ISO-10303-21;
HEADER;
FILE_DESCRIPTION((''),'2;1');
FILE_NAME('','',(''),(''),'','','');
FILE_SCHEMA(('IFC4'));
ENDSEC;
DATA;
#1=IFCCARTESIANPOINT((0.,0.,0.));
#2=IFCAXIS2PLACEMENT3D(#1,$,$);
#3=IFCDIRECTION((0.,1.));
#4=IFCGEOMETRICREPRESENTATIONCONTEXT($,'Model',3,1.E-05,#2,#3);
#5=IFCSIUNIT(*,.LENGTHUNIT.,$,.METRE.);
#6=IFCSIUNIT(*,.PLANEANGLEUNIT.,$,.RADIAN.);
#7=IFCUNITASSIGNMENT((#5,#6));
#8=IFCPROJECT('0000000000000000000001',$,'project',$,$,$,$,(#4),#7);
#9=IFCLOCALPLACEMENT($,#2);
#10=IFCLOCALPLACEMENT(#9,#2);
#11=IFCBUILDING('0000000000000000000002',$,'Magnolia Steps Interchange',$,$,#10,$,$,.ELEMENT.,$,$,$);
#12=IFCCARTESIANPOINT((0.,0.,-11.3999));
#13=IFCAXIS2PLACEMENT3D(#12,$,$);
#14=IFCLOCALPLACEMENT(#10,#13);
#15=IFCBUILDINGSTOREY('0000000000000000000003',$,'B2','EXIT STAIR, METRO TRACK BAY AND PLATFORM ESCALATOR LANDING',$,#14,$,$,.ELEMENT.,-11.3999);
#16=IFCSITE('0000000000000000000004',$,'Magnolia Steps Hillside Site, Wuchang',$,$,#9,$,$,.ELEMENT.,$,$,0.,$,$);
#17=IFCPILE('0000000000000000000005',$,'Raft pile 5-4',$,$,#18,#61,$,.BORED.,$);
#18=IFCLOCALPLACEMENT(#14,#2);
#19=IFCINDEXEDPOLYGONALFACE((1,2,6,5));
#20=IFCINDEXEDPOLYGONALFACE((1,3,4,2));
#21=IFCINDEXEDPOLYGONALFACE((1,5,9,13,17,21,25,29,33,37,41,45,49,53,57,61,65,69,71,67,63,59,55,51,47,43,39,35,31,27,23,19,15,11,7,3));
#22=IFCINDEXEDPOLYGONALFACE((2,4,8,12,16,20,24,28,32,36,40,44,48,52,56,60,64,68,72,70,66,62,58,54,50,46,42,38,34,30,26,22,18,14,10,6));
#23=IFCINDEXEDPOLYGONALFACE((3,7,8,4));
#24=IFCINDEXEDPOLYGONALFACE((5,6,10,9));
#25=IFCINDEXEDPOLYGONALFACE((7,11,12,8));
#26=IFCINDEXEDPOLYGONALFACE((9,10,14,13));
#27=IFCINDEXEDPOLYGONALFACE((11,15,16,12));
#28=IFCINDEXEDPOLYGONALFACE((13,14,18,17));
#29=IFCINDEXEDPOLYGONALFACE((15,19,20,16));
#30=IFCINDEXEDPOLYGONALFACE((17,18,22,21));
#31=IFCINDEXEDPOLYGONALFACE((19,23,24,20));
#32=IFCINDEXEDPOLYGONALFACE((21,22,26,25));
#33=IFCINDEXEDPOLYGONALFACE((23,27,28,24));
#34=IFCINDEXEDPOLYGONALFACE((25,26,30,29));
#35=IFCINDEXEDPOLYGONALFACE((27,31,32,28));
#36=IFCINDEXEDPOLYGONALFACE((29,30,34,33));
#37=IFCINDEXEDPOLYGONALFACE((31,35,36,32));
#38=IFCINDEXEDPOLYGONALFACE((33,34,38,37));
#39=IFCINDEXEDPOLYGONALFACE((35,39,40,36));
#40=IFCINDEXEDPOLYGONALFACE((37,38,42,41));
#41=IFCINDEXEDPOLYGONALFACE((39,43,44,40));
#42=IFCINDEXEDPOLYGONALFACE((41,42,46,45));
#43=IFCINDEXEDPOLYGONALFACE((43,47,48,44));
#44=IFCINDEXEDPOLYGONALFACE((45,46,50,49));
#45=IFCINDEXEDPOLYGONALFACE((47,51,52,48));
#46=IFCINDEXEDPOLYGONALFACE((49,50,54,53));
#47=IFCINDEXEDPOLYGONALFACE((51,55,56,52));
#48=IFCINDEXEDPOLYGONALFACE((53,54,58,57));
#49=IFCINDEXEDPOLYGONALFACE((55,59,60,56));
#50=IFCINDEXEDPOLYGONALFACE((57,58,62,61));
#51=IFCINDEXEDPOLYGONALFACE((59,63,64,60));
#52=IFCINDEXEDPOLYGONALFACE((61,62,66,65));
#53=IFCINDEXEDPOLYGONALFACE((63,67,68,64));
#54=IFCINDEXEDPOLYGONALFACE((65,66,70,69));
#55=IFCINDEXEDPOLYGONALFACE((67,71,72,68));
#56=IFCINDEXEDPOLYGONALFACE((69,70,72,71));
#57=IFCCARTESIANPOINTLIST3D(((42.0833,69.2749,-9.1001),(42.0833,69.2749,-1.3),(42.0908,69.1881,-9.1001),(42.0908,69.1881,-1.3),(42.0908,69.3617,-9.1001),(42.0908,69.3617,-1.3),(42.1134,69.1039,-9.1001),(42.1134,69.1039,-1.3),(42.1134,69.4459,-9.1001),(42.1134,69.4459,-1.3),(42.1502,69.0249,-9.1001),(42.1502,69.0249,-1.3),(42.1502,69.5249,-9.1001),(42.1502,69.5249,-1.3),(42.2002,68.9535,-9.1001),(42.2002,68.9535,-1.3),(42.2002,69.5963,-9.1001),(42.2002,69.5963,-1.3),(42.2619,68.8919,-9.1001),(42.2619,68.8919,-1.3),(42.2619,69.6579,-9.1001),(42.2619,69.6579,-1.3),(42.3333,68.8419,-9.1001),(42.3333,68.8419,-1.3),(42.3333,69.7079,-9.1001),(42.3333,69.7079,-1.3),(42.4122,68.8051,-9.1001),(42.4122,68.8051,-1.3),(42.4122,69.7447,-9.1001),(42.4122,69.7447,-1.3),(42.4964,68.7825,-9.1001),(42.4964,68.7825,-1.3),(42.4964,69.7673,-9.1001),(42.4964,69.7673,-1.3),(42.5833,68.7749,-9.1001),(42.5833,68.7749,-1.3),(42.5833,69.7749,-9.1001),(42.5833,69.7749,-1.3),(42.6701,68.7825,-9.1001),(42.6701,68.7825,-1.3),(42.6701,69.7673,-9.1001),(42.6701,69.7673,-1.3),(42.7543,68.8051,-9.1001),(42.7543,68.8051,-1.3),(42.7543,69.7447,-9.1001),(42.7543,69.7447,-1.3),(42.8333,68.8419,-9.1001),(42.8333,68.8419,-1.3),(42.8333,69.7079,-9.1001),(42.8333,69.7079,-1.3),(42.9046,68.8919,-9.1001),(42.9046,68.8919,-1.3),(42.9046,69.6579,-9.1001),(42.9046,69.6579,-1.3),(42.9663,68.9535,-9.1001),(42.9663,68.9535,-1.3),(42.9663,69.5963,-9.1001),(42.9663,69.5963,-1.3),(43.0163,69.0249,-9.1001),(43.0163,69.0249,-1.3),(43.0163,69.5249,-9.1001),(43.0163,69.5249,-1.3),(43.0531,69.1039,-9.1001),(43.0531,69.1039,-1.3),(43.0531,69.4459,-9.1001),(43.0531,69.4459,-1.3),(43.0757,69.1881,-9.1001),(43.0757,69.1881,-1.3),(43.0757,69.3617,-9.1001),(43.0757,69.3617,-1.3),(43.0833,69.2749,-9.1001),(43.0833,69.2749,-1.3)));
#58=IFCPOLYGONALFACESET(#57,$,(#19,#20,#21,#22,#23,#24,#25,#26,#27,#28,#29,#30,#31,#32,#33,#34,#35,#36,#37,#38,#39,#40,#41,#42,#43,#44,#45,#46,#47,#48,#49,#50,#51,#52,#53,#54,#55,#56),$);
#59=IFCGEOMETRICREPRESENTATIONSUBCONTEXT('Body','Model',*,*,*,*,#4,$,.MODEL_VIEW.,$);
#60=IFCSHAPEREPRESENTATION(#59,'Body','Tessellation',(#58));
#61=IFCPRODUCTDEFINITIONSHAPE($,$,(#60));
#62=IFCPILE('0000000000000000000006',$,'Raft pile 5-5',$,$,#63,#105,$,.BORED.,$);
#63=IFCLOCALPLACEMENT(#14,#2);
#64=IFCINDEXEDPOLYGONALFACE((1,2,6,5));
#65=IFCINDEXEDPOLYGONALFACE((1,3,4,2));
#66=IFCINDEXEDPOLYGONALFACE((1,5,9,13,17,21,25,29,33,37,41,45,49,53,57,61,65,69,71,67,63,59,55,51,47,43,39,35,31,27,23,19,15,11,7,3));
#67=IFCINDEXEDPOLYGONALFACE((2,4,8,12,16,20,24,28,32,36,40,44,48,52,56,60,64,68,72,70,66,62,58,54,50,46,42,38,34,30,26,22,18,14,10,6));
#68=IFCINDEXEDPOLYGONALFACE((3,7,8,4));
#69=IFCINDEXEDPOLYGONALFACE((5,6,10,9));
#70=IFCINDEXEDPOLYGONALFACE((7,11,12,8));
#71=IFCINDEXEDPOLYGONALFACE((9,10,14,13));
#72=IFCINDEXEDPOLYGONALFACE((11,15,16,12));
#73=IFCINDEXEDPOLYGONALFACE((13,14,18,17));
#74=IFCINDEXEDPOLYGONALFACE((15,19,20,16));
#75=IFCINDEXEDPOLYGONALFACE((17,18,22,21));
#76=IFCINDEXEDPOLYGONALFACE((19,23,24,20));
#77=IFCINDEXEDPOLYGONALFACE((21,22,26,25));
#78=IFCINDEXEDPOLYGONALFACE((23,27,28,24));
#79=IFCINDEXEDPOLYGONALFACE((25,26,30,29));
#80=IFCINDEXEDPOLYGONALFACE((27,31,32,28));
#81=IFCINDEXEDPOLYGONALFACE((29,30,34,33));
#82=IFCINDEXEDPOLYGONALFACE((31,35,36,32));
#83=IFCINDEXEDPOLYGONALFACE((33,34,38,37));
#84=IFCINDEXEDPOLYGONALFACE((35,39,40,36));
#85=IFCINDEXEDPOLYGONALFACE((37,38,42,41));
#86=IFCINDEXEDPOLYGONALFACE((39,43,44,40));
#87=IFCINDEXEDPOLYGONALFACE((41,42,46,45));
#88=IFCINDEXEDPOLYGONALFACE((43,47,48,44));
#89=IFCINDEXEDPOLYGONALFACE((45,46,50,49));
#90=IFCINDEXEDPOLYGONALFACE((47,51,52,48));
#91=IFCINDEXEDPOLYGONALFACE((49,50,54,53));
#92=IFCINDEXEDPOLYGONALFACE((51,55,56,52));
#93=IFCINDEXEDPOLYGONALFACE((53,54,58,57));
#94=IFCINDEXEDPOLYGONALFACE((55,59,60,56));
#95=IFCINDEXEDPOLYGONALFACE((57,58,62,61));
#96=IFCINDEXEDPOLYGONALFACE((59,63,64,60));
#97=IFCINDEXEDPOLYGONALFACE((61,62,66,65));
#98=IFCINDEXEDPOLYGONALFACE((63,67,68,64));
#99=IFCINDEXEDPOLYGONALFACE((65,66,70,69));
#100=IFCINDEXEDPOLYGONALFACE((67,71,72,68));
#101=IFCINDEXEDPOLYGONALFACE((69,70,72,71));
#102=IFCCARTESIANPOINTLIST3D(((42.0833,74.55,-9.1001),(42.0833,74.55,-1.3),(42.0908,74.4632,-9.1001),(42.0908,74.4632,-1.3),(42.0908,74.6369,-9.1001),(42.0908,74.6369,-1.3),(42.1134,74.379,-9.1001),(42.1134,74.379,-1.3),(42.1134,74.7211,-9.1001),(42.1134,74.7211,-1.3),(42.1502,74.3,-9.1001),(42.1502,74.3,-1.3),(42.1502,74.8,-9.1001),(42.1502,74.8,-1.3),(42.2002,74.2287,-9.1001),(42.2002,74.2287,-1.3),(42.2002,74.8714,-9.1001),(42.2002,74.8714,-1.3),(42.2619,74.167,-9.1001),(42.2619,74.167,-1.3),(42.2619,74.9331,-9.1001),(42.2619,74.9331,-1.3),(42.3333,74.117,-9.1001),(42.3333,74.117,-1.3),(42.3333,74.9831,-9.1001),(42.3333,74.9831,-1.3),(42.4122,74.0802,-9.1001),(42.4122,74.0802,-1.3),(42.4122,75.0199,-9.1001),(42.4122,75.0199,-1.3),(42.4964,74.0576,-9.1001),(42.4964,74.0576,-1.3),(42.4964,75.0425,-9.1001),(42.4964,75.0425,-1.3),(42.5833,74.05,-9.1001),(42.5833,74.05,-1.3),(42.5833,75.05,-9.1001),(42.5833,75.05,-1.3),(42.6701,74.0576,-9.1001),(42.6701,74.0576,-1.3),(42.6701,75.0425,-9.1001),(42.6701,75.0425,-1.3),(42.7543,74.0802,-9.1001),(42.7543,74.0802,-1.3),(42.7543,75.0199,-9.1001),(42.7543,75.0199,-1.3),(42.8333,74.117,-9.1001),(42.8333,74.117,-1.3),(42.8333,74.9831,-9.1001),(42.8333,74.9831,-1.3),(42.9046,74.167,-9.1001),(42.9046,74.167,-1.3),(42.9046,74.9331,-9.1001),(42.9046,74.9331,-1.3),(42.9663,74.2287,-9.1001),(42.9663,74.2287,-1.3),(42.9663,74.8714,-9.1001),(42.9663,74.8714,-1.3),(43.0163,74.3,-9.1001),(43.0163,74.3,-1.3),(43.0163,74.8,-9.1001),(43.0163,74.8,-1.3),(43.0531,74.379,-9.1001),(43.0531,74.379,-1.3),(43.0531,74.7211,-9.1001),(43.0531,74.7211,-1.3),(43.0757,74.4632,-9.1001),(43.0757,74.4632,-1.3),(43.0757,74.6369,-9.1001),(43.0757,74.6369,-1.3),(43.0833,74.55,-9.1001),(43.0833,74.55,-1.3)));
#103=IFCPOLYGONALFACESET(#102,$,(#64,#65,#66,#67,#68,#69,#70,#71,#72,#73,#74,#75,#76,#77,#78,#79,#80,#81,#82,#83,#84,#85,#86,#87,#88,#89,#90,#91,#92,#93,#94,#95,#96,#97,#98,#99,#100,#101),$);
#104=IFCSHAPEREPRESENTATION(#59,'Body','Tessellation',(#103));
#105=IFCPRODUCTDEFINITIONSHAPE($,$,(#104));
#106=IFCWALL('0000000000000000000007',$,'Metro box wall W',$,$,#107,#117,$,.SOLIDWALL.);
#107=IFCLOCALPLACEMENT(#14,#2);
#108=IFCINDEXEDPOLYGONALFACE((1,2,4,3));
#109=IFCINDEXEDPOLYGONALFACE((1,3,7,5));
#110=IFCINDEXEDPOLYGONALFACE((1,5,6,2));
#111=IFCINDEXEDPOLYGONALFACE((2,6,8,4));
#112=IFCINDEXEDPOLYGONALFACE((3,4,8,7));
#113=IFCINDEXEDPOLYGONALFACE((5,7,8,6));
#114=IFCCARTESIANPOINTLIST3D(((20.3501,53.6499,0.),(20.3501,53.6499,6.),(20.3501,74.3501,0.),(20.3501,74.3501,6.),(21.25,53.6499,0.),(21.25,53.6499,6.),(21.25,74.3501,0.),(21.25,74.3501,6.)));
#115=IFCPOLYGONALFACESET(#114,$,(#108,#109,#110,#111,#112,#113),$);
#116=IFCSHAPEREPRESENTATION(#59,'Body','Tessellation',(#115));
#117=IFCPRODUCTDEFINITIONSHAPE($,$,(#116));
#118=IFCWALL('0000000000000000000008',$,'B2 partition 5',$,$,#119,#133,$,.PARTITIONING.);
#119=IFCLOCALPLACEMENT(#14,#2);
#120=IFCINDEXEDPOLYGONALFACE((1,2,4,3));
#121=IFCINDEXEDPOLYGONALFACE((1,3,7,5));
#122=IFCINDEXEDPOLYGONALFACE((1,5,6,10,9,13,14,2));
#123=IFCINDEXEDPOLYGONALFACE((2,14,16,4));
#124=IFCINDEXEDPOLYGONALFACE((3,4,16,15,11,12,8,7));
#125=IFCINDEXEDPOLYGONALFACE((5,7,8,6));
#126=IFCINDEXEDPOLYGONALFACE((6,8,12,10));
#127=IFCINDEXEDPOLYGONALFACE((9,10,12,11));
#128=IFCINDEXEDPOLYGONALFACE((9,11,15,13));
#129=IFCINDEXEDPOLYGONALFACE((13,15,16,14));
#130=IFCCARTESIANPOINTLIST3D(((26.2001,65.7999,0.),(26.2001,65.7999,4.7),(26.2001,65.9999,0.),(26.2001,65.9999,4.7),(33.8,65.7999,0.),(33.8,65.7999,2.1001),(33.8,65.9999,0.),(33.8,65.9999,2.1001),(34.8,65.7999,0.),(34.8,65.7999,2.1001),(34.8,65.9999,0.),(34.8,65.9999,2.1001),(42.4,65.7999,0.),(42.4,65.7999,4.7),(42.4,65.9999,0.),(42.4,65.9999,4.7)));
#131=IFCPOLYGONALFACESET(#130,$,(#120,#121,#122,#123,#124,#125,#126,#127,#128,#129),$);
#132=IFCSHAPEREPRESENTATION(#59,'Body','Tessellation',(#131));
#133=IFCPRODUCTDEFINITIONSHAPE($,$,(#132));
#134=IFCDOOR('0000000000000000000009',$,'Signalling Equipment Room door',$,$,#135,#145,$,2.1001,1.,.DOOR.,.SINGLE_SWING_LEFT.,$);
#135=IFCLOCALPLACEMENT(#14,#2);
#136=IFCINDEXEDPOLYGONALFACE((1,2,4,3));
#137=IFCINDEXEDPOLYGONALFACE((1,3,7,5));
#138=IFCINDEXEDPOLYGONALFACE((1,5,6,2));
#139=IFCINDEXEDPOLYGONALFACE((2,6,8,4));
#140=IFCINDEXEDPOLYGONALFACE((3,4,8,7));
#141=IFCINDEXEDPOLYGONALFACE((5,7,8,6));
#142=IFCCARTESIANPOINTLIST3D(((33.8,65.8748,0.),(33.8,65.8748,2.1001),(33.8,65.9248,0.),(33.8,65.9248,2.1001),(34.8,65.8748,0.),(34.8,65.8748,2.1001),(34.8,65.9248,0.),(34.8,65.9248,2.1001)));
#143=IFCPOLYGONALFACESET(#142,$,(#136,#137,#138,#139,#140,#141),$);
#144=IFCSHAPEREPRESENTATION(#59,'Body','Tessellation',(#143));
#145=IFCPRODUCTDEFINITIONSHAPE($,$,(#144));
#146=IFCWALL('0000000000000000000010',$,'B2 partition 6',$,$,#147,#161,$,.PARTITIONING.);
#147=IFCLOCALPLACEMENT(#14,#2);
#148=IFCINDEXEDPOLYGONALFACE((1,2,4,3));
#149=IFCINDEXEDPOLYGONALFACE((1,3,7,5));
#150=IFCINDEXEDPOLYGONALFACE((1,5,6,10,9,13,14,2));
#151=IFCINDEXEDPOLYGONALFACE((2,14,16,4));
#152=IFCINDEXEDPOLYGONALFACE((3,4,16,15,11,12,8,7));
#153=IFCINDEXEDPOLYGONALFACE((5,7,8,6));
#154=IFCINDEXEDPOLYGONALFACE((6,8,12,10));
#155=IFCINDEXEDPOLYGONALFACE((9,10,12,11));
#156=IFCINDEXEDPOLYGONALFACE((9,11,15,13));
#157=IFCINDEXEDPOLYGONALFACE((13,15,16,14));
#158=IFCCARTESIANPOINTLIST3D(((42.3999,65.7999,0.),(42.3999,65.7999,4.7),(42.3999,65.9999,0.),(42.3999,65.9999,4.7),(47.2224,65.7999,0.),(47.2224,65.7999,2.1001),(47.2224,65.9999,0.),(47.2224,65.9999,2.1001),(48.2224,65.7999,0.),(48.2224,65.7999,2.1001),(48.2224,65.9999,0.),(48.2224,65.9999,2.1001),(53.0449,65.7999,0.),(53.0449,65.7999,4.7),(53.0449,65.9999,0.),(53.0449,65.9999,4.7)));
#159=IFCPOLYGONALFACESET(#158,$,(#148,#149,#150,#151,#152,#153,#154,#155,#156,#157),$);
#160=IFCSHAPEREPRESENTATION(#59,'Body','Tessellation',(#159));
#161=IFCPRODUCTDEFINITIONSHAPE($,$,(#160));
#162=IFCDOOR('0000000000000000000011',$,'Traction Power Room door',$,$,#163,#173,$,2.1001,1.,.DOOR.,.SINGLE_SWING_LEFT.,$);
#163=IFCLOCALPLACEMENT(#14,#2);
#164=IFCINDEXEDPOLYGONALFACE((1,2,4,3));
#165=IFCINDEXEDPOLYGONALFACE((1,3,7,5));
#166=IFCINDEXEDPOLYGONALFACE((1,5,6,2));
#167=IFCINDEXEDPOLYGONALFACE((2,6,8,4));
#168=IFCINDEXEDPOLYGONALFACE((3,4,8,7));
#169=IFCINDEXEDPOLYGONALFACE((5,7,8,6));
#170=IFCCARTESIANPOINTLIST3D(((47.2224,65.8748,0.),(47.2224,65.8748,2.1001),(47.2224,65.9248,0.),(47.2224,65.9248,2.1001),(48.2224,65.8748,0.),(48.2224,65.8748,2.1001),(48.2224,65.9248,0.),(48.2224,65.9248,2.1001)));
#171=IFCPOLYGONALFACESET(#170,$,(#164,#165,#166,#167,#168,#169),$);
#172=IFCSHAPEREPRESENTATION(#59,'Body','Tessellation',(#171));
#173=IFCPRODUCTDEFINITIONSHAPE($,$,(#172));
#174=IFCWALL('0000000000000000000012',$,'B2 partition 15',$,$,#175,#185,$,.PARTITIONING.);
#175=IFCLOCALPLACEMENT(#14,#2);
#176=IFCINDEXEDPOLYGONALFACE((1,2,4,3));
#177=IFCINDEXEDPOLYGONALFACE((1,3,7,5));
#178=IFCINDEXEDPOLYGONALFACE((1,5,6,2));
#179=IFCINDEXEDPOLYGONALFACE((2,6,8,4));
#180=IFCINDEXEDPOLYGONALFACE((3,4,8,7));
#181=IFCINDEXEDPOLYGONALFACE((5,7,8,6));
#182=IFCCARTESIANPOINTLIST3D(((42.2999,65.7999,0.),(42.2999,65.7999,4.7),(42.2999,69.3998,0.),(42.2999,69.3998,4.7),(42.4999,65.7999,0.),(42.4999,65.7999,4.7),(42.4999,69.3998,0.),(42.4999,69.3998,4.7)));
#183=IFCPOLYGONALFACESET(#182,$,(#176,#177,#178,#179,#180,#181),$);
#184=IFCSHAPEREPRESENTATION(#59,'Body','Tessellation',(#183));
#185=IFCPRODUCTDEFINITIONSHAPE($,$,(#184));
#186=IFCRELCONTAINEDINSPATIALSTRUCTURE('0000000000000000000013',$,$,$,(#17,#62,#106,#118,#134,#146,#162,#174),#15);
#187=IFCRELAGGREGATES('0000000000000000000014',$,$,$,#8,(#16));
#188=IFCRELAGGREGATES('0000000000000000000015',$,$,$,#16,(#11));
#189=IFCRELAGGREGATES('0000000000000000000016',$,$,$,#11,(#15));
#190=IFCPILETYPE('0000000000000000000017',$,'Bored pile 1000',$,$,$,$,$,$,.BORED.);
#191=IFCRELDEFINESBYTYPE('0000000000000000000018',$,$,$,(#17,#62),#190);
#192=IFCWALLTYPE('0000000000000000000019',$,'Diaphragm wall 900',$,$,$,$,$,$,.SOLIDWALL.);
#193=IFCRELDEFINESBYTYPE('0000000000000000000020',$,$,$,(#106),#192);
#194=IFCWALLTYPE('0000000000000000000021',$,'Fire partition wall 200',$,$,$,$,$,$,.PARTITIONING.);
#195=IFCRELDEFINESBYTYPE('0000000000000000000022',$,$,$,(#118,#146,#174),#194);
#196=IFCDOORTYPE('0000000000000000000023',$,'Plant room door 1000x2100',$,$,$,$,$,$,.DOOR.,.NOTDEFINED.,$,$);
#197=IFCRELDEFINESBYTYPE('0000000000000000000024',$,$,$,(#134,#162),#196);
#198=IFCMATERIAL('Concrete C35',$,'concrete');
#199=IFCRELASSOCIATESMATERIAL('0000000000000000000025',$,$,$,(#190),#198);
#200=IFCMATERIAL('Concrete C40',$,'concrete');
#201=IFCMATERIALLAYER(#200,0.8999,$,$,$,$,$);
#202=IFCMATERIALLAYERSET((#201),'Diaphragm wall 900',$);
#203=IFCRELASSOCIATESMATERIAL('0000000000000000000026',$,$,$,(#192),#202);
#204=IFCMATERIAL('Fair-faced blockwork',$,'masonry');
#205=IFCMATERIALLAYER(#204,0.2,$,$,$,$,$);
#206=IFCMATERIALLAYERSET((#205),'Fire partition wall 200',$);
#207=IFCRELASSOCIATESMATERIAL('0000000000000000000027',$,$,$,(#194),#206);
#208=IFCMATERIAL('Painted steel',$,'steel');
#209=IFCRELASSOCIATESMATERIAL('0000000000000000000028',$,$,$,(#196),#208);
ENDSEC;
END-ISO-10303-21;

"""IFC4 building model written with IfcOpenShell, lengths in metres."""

from ifc_helpers import new_model, si_unit, direction, frame, frame_2d, origin, origin_2d, place, context, subcontext, project, spatial, rectangle, circle, extrude, material, layer, layer_set, material_profile, profile_set, type_object, element, fill, save


model = new_model("IFC4")

# Units and contexts
model_context = context("Model", 3, precision=1e-05, world=origin(), true_north=direction((0.0, 1.0)))
body_context = subcontext(model_context, "Body", "Model", "MODEL_VIEW")
ifc_project = project(units=[si_unit("LENGTHUNIT", "METRE"), si_unit("PLANEANGLEUNIT", "RADIAN")], contexts=[model_context])

# Site, building, storey
site_placement = place(None, origin())
site = spatial("IfcSite", under=ifc_project, at=site_placement, Name="Magnolia Steps Hillside Site, Wuchang", CompositionType="ELEMENT", RefElevation=0.0)
building_placement = place(site_placement, origin())
building = spatial("IfcBuilding", under=site, at=building_placement, Name="Magnolia Steps Interchange", CompositionType="ELEMENT")
storey_placement = place(building_placement, frame((0.0, 0.0, -11.3999)))
storey = spatial("IfcBuildingStorey", under=building, at=storey_placement, Name="B2", Description="EXIT STAIR, METRO TRACK BAY AND PLATFORM ESCALATOR LANDING", CompositionType="ELEMENT", Elevation=-11.3999)

# Piles
ifc_material_1 = material(Name="Concrete C35", Category="concrete")
ifc_material_profile = material_profile(ifc_material_1, circle(Radius=0.5, at=origin_2d()), Name="Bored pile 1000")
ifc_profile_set = profile_set([ifc_material_profile], Name="Concrete C35")
pile_type = type_object("IfcPileType", Name="Bored pile 1000", PredefinedType="BORED", material=ifc_profile_set)
for number, where, z_axis, x_axis, name in (
    (1, (42.5833, 69.2749, -1.3), (0.0, 0.0, -1.0), (1.0, 0.0, 0.0), "Raft pile 5-4"),
    (2, (42.5833, 74.55, -1.3), (0.0, 0.0, -1.0), (1.0, 0.0, 0.0), "Raft pile 5-5"),
):
    element("IfcPile", number, at=place(storey_placement, frame(where, z_axis=z_axis, x_axis=x_axis)), inside=storey, type_object=pile_type, Name=name, PredefinedType="BORED", context=body_context, shape_type="SweptSolid", body=[
        extrude(circle(Radius=0.5, at=origin_2d()), origin(), (0.0, 0.0, 1.0), 7.8),
    ])

# Wall
ifc_material_2 = material(Name="Concrete C40", Category="concrete")
ifc_layer_1 = layer(ifc_material_2, 0.8999)
ifc_layer_set_1 = layer_set([ifc_layer_1], Name="Diaphragm wall 900")
wall_type_1 = type_object("IfcWallType", Name="Diaphragm wall 900", PredefinedType="SOLIDWALL", material=ifc_layer_set_1)
wall_1_placement = place(storey_placement, frame((20.8, 74.3501, 0.0), z_axis=(0.0, 0.0, 1.0), x_axis=(0.0, -1.0, 0.0)))
element("IfcWall", 3, at=wall_1_placement, inside=storey, type_object=wall_type_1, Name="Metro box wall W", PredefinedType="SOLIDWALL", context=body_context, shape_type="SweptSolid", body=[
    extrude(rectangle(XDim=20.7002, YDim=0.8999, at=frame_2d((10.3501, 0.0))), origin(), (0.0, 0.0, 1.0), 6.0),
])

# Walls, openings, doors
ifc_material_3 = material(Name="Fair-faced blockwork", Category="masonry")
ifc_layer_2 = layer(ifc_material_3, 0.2)
ifc_layer_set_2 = layer_set([ifc_layer_2], Name="Fire partition wall 200")
wall_type_2 = type_object("IfcWallType", Name="Fire partition wall 200", PredefinedType="PARTITIONING", material=ifc_layer_set_2)
wall_2_placement = place(storey_placement, frame((26.2, 65.8999, 0.0), z_axis=(0.0, 0.0, 1.0), x_axis=(1.0, 0.0, 0.0)))
wall_2 = element("IfcWall", 4, at=wall_2_placement, inside=storey, type_object=wall_type_2, Name="B2 partition 5", PredefinedType="PARTITIONING", context=body_context, shape_type="SweptSolid", body=[
    extrude(rectangle(XDim=16.2, YDim=0.2, at=frame_2d((8.1001, 0.0))), origin(), (0.0, 0.0, 1.0), 4.7),
])
opening_1_placement = place(wall_2_placement, frame((7.6001, 0.0, 0.0)))
opening_1 = element("IfcOpeningElement", 5, at=opening_1_placement, cuts=wall_2, PredefinedType="OPENING", context=body_context, shape_type="SweptSolid", body=[
    extrude(rectangle(XDim=1.0, YDim=2.1001, at=frame_2d((0.5, 1.05))), frame((0.0, 0.1099, 0.0), z_axis=(0.0, -1.0, 0.0), x_axis=(1.0, 0.0, 0.0)), (0.0, 0.0, 1.0), 0.22),
])
ifc_material_4 = material(Name="Painted steel", Category="steel")
door_type = type_object("IfcDoorType", Name="Plant room door 1000x2100", OperationType="NOTDEFINED", PredefinedType="DOOR", material=ifc_material_4)
door_1_placement = place(opening_1_placement, origin())
door_1 = element("IfcDoor", 6, at=door_1_placement, inside=storey, type_object=door_type, Name="Signalling Equipment Room door", OperationType="SINGLE_SWING_LEFT", OverallHeight=2.1001, OverallWidth=1.0, PredefinedType="DOOR", context=body_context, shape_type="SweptSolid", body=[
    extrude(rectangle(XDim=1.0, YDim=2.1001, at=frame_2d((0.5, 1.05))), frame((0.0, 0.0249, 0.0), z_axis=(0.0, -1.0, 0.0), x_axis=(1.0, 0.0, 0.0)), (0.0, 0.0, 1.0), 0.05),
])
fill(opening_1, door_1)
wall_3_placement = place(storey_placement, frame((42.3999, 65.8999, 0.0), z_axis=(0.0, 0.0, 1.0), x_axis=(1.0, 0.0, 0.0)))
wall_3 = element("IfcWall", 7, at=wall_3_placement, inside=storey, type_object=wall_type_2, Name="B2 partition 6", PredefinedType="PARTITIONING", context=body_context, shape_type="SweptSolid", body=[
    extrude(rectangle(XDim=10.645, YDim=0.2, at=frame_2d((5.3225, 0.0))), origin(), (0.0, 0.0, 1.0), 4.7),
])
opening_2_placement = place(wall_3_placement, frame((4.8225, 0.0, 0.0)))
opening_2 = element("IfcOpeningElement", 8, at=opening_2_placement, cuts=wall_3, PredefinedType="OPENING", context=body_context, shape_type="SweptSolid", body=[
    extrude(rectangle(XDim=1.0, YDim=2.1001, at=frame_2d((0.5, 1.05))), frame((0.0, 0.1099, 0.0), z_axis=(0.0, -1.0, 0.0), x_axis=(1.0, 0.0, 0.0)), (0.0, 0.0, 1.0), 0.22),
])
door_2_placement = place(opening_2_placement, origin())
door_2 = element("IfcDoor", 9, at=door_2_placement, inside=storey, type_object=door_type, Name="Traction Power Room door", OperationType="SINGLE_SWING_LEFT", OverallHeight=2.1001, OverallWidth=1.0, PredefinedType="DOOR", context=body_context, shape_type="SweptSolid", body=[
    extrude(rectangle(XDim=1.0, YDim=2.1001, at=frame_2d((0.5, 1.05))), frame((0.0, 0.0249, 0.0), z_axis=(0.0, -1.0, 0.0), x_axis=(1.0, 0.0, 0.0)), (0.0, 0.0, 1.0), 0.05),
])
fill(opening_2, door_2)

# Wall
wall_4_placement = place(storey_placement, frame((42.3999, 65.8, 0.0), z_axis=(0.0, 0.0, 1.0), x_axis=(0.0, 1.0, 0.0)))
element("IfcWall", 10, at=wall_4_placement, inside=storey, type_object=wall_type_2, Name="B2 partition 15", PredefinedType="PARTITIONING", context=body_context, shape_type="SweptSolid", body=[
    extrude(rectangle(XDim=3.5999, YDim=0.2, at=frame_2d((1.7998, 0.0))), origin(), (0.0, 0.0, 1.0), 4.7),
])

save(model, "model.ifc")
